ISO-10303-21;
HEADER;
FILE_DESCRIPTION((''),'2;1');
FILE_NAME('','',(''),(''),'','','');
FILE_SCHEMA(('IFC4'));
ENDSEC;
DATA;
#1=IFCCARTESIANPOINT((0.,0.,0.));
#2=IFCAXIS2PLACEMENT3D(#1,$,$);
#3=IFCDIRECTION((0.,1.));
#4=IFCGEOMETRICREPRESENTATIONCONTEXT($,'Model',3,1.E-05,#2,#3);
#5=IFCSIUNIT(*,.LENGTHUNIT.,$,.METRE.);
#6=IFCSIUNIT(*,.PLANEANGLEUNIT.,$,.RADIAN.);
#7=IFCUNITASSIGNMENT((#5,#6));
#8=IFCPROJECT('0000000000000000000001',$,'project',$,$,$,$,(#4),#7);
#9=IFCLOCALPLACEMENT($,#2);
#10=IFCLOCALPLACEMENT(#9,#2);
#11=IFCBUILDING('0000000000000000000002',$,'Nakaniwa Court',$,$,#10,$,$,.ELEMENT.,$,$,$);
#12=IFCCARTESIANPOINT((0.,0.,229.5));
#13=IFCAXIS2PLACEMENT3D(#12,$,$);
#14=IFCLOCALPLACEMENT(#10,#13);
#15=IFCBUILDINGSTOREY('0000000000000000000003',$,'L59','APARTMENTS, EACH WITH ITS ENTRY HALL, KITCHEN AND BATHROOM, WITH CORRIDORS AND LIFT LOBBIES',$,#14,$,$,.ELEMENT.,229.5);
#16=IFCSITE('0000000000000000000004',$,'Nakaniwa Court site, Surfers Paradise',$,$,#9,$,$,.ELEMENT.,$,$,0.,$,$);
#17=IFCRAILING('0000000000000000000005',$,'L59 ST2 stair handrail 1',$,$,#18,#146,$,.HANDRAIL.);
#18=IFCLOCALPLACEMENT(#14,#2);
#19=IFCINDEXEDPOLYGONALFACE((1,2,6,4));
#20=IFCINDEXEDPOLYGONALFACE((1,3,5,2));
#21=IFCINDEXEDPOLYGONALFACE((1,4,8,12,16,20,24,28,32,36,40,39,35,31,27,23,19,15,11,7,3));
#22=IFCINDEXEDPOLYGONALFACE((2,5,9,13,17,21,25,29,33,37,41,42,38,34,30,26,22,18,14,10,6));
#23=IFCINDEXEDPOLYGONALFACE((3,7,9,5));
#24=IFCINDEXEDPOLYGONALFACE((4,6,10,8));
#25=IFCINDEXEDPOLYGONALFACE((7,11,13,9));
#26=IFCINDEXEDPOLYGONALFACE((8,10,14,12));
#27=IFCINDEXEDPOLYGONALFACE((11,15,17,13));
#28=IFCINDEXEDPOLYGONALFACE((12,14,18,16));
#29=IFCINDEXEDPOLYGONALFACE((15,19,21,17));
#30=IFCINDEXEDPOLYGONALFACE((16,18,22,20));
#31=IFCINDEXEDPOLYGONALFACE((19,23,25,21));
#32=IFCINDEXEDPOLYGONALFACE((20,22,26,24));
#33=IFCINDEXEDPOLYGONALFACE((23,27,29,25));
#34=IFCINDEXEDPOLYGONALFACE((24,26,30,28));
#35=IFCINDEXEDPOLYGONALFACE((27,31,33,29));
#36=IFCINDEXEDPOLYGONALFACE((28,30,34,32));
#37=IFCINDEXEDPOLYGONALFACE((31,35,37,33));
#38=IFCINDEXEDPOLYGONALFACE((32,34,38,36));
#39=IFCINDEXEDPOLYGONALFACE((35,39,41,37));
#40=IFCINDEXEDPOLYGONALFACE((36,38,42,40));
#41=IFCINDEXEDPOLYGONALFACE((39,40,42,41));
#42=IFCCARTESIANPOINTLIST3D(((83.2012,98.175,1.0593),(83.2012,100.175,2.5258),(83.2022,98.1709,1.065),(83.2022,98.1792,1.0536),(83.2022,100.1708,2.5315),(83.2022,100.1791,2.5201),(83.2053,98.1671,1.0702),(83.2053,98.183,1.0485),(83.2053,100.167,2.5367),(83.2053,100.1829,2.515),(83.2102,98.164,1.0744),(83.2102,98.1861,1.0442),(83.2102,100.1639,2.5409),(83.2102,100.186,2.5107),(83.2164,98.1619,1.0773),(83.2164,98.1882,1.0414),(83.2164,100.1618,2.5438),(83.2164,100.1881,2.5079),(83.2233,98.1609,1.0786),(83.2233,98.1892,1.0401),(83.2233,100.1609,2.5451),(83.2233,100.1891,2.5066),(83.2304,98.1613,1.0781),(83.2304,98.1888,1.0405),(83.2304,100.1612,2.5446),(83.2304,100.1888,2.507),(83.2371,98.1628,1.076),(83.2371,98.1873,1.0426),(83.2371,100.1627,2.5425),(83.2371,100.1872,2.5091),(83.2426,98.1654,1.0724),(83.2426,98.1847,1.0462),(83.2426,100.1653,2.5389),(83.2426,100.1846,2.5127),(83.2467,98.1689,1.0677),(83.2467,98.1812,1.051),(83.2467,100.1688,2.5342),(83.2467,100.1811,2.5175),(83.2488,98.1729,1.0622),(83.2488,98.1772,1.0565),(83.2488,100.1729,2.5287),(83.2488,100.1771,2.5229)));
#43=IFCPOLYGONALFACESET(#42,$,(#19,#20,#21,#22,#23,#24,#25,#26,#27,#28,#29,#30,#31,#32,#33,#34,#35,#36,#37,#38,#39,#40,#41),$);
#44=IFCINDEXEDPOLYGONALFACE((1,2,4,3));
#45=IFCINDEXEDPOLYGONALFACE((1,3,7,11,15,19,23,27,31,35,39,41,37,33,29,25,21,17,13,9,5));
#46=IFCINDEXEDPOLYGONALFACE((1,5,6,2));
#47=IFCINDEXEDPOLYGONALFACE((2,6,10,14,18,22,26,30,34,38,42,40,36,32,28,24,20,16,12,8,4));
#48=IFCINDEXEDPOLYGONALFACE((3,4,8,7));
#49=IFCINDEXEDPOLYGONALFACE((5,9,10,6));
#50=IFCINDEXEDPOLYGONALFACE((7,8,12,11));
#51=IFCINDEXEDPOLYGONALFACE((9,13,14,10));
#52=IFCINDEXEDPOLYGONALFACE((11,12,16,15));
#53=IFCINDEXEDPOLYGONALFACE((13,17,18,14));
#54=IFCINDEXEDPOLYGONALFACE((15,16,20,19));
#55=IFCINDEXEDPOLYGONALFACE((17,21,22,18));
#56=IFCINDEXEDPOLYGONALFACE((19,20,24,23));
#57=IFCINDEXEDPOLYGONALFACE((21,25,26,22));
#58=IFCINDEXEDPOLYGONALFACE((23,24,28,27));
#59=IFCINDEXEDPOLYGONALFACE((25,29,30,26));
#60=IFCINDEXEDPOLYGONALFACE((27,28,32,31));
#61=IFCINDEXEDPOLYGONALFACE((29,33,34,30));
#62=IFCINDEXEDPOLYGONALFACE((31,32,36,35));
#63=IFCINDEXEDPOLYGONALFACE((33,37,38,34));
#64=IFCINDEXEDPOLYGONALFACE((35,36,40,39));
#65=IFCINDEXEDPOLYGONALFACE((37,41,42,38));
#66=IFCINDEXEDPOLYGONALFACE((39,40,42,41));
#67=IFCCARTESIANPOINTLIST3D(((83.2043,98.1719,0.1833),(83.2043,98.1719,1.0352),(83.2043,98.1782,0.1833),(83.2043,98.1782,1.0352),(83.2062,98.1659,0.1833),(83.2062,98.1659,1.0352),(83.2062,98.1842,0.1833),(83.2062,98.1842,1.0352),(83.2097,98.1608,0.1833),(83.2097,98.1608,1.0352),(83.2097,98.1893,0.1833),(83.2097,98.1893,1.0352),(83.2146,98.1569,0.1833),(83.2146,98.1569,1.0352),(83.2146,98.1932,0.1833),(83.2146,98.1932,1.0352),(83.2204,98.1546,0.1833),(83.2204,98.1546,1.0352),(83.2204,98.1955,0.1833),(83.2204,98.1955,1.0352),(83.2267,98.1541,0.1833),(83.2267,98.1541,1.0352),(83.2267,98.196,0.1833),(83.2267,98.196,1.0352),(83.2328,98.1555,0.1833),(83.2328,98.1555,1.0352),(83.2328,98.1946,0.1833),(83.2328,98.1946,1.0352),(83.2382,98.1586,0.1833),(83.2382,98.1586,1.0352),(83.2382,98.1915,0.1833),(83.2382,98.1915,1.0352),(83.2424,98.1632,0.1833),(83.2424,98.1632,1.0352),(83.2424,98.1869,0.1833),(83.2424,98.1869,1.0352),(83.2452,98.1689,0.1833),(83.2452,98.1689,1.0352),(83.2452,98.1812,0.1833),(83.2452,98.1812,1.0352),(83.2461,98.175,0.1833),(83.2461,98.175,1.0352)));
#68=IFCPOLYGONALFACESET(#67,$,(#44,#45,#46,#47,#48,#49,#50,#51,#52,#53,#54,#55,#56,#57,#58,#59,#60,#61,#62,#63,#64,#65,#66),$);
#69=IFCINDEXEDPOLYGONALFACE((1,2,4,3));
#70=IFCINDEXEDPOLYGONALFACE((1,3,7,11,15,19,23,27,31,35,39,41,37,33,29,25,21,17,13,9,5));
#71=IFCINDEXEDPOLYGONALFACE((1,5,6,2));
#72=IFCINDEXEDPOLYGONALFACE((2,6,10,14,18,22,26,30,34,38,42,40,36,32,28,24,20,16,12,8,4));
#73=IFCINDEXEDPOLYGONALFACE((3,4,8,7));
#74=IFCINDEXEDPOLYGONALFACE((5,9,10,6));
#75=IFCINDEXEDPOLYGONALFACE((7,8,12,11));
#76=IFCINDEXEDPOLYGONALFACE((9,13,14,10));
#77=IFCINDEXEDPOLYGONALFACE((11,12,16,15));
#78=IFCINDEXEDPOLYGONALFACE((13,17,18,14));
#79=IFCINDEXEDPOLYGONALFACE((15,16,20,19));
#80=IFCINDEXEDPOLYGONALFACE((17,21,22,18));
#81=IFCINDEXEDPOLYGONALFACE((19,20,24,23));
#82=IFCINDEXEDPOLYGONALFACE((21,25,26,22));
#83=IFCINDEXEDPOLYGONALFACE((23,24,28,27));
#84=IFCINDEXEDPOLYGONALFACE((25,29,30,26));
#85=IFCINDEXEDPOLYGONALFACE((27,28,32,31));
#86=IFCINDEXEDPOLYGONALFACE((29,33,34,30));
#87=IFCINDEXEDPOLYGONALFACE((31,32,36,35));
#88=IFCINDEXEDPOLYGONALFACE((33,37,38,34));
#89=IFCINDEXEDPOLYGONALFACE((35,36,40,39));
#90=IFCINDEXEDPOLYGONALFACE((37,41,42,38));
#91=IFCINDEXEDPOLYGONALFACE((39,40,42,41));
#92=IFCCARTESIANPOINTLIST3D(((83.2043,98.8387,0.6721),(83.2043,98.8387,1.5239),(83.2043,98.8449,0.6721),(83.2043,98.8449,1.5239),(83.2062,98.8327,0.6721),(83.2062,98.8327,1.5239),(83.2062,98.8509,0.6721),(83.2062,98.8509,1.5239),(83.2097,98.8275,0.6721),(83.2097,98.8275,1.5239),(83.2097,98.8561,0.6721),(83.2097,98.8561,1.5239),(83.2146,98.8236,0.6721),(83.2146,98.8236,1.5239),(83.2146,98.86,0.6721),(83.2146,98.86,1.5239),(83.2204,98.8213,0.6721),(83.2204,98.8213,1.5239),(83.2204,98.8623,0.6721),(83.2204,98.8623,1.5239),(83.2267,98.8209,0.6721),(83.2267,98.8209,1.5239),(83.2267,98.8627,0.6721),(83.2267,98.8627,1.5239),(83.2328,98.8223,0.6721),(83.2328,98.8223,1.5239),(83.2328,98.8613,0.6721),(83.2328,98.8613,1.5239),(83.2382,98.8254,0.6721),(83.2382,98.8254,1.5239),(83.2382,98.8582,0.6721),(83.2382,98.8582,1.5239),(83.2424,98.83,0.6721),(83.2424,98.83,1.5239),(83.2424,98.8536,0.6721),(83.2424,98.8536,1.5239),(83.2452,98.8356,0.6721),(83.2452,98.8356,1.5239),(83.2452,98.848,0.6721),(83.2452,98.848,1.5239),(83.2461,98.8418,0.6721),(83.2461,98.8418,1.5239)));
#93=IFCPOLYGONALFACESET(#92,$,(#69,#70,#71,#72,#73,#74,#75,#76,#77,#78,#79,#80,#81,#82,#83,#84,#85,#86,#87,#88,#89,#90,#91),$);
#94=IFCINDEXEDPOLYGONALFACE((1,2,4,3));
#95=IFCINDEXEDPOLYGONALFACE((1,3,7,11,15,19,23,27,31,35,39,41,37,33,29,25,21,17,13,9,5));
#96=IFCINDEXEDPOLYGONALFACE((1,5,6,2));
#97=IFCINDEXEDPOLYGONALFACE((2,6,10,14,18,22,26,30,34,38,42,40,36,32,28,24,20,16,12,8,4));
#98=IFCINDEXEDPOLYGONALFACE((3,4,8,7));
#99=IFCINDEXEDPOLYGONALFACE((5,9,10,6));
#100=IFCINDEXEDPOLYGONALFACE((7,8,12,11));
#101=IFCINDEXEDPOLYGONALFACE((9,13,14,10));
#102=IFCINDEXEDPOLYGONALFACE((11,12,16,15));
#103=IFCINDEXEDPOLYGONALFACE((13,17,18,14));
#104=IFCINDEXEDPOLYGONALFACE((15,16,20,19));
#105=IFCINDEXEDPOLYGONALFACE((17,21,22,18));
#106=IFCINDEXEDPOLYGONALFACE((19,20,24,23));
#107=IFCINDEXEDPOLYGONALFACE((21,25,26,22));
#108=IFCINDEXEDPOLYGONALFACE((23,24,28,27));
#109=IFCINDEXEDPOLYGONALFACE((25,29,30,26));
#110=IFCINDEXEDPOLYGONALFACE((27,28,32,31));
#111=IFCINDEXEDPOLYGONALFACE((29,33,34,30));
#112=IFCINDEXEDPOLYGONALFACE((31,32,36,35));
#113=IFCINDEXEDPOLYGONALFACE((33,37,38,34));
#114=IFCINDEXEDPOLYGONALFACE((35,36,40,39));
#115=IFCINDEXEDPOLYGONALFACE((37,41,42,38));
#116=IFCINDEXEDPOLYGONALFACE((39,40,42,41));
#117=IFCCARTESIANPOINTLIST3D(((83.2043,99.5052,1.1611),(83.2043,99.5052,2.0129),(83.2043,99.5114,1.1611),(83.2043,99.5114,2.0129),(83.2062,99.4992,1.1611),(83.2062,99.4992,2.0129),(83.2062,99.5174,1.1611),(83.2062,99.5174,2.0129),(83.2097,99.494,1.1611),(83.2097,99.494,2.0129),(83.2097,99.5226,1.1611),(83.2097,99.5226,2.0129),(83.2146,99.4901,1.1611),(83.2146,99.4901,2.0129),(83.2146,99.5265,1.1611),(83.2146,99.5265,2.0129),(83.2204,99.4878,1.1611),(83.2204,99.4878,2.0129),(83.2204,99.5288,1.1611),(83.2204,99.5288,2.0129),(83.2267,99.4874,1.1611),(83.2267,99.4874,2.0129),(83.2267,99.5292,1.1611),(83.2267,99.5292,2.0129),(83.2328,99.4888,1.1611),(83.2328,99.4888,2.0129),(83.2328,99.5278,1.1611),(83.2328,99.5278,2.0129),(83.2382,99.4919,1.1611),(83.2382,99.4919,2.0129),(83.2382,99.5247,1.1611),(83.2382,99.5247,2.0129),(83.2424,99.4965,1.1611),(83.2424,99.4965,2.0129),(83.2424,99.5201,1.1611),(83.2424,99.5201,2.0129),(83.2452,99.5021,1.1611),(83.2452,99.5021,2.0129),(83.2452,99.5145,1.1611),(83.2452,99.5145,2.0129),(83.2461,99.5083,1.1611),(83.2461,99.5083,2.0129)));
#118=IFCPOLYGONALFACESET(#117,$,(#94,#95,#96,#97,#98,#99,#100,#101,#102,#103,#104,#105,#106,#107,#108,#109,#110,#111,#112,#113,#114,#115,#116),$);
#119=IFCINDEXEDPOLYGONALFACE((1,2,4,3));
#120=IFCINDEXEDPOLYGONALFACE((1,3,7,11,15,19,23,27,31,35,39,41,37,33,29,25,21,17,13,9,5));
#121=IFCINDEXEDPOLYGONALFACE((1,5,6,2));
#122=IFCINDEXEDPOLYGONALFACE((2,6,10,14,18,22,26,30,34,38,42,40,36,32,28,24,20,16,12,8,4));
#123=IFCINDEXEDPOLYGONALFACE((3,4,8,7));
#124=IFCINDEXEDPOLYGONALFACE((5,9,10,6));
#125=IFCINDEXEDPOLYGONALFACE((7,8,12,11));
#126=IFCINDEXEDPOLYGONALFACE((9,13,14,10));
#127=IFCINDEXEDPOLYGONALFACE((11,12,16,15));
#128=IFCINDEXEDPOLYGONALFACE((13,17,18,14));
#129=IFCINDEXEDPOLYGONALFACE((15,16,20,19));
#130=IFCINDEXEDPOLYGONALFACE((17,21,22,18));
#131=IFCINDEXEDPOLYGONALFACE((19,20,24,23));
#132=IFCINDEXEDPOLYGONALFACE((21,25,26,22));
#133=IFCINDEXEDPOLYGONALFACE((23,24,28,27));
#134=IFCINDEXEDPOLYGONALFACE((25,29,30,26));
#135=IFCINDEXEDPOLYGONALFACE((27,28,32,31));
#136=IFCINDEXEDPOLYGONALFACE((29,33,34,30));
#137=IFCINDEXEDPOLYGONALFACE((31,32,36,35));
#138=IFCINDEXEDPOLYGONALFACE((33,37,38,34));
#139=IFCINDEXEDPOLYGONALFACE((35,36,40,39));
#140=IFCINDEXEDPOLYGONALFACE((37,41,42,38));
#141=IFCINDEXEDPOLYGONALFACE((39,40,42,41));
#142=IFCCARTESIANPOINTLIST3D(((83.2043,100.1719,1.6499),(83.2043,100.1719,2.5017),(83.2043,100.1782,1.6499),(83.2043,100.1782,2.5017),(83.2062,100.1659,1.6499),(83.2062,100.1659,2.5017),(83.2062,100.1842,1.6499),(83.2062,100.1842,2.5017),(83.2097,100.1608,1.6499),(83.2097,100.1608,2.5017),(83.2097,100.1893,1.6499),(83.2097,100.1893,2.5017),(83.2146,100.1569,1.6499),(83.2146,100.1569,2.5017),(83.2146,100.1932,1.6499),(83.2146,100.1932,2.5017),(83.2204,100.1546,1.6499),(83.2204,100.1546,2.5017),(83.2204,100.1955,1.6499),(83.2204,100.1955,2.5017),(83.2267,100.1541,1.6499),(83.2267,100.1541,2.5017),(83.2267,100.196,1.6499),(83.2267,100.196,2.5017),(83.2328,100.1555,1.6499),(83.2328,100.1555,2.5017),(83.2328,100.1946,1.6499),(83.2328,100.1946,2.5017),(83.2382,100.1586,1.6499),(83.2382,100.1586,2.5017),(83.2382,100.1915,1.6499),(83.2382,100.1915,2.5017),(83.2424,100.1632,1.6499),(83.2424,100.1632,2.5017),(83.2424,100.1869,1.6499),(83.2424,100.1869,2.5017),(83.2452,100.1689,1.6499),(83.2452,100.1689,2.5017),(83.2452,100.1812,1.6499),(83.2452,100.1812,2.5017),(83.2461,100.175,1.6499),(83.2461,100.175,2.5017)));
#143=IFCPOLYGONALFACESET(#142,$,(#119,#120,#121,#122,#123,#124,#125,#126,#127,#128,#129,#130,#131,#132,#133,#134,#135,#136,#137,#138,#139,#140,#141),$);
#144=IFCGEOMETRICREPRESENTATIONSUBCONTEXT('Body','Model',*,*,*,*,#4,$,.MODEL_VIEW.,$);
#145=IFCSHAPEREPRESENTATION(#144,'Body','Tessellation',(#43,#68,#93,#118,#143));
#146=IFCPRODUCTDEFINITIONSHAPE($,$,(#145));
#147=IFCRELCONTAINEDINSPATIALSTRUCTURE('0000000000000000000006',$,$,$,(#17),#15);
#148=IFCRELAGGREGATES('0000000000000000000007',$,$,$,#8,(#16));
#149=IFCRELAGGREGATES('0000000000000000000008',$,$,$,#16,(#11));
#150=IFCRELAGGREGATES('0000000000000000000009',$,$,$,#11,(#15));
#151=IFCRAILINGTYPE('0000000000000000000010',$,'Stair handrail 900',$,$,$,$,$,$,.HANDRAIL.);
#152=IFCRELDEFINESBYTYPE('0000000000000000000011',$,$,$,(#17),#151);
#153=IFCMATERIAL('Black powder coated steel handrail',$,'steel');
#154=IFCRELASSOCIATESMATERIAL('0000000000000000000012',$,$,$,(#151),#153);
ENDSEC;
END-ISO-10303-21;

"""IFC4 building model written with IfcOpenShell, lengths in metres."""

from ifc_helpers import new_model, si_unit, direction, frame, origin, origin_2d, place, context, subcontext, project, spatial, circle, extrude, material, type_object, element, save


model = new_model("IFC4")

# Units and contexts
model_context = context("Model", 3, precision=1e-05, world=origin(), true_north=direction((0.0, 1.0)))
body_context = subcontext(model_context, "Body", "Model", "MODEL_VIEW")
ifc_project = project(units=[si_unit("LENGTHUNIT", "METRE"), si_unit("PLANEANGLEUNIT", "RADIAN")], contexts=[model_context])

# Site, building, storey
site_placement = place(None, origin())
site = spatial("IfcSite", under=ifc_project, at=site_placement, Name="Nakaniwa Court site, Surfers Paradise", CompositionType="ELEMENT", RefElevation=0.0)
building_placement = place(site_placement, origin())
building = spatial("IfcBuilding", under=site, at=building_placement, Name="Nakaniwa Court", CompositionType="ELEMENT")
storey_placement = place(building_placement, frame((0.0, 0.0, 229.5)))
storey = spatial("IfcBuildingStorey", under=building, at=storey_placement, Name="L59", Description="APARTMENTS, EACH WITH ITS ENTRY HALL, KITCHEN AND BATHROOM, WITH CORRIDORS AND LIFT LOBBIES", CompositionType="ELEMENT", Elevation=229.5)

# Railing
ifc_material_1 = material(Name="Black powder coated steel handrail", Category="steel")
railing_type_1 = type_object("IfcRailingType", Name="Stair handrail 900", PredefinedType="HANDRAIL", material=ifc_material_1)
railing_1_placement = place(storey_placement, frame((83.2251, 98.175, 0.1833)))
element("IfcRailing", 1, at=railing_1_placement, inside=storey, type_object=railing_type_1, Name="L59 ST2 stair handrail 1", PredefinedType="HANDRAIL", context=body_context, shape_type="SweptSolid", body=[
    extrude(circle(Radius=0.0239, at=origin_2d()), frame((0.0, 0.0, 0.876), z_axis=(0.0, 0.806427, 0.591334), x_axis=(-1.0, 0.0, 0.0)), (0.0, 0.0, 1.0), 2.48),
    extrude(circle(Radius=0.021, at=origin_2d()), origin(), (0.0, 0.0, 1.0), 0.8518),
    extrude(circle(Radius=0.021, at=origin_2d()), frame((0.0, 0.6667, 0.4888)), (0.0, 0.0, 1.0), 0.8518),
    extrude(circle(Radius=0.021, at=origin_2d()), frame((0.0, 1.3333, 0.9778)), (0.0, 0.0, 1.0), 0.8518),
    extrude(circle(Radius=0.021, at=origin_2d()), frame((0.0, 2.0, 1.4666)), (0.0, 0.0, 1.0), 0.8518),
])

save(model, "model.ifc")
